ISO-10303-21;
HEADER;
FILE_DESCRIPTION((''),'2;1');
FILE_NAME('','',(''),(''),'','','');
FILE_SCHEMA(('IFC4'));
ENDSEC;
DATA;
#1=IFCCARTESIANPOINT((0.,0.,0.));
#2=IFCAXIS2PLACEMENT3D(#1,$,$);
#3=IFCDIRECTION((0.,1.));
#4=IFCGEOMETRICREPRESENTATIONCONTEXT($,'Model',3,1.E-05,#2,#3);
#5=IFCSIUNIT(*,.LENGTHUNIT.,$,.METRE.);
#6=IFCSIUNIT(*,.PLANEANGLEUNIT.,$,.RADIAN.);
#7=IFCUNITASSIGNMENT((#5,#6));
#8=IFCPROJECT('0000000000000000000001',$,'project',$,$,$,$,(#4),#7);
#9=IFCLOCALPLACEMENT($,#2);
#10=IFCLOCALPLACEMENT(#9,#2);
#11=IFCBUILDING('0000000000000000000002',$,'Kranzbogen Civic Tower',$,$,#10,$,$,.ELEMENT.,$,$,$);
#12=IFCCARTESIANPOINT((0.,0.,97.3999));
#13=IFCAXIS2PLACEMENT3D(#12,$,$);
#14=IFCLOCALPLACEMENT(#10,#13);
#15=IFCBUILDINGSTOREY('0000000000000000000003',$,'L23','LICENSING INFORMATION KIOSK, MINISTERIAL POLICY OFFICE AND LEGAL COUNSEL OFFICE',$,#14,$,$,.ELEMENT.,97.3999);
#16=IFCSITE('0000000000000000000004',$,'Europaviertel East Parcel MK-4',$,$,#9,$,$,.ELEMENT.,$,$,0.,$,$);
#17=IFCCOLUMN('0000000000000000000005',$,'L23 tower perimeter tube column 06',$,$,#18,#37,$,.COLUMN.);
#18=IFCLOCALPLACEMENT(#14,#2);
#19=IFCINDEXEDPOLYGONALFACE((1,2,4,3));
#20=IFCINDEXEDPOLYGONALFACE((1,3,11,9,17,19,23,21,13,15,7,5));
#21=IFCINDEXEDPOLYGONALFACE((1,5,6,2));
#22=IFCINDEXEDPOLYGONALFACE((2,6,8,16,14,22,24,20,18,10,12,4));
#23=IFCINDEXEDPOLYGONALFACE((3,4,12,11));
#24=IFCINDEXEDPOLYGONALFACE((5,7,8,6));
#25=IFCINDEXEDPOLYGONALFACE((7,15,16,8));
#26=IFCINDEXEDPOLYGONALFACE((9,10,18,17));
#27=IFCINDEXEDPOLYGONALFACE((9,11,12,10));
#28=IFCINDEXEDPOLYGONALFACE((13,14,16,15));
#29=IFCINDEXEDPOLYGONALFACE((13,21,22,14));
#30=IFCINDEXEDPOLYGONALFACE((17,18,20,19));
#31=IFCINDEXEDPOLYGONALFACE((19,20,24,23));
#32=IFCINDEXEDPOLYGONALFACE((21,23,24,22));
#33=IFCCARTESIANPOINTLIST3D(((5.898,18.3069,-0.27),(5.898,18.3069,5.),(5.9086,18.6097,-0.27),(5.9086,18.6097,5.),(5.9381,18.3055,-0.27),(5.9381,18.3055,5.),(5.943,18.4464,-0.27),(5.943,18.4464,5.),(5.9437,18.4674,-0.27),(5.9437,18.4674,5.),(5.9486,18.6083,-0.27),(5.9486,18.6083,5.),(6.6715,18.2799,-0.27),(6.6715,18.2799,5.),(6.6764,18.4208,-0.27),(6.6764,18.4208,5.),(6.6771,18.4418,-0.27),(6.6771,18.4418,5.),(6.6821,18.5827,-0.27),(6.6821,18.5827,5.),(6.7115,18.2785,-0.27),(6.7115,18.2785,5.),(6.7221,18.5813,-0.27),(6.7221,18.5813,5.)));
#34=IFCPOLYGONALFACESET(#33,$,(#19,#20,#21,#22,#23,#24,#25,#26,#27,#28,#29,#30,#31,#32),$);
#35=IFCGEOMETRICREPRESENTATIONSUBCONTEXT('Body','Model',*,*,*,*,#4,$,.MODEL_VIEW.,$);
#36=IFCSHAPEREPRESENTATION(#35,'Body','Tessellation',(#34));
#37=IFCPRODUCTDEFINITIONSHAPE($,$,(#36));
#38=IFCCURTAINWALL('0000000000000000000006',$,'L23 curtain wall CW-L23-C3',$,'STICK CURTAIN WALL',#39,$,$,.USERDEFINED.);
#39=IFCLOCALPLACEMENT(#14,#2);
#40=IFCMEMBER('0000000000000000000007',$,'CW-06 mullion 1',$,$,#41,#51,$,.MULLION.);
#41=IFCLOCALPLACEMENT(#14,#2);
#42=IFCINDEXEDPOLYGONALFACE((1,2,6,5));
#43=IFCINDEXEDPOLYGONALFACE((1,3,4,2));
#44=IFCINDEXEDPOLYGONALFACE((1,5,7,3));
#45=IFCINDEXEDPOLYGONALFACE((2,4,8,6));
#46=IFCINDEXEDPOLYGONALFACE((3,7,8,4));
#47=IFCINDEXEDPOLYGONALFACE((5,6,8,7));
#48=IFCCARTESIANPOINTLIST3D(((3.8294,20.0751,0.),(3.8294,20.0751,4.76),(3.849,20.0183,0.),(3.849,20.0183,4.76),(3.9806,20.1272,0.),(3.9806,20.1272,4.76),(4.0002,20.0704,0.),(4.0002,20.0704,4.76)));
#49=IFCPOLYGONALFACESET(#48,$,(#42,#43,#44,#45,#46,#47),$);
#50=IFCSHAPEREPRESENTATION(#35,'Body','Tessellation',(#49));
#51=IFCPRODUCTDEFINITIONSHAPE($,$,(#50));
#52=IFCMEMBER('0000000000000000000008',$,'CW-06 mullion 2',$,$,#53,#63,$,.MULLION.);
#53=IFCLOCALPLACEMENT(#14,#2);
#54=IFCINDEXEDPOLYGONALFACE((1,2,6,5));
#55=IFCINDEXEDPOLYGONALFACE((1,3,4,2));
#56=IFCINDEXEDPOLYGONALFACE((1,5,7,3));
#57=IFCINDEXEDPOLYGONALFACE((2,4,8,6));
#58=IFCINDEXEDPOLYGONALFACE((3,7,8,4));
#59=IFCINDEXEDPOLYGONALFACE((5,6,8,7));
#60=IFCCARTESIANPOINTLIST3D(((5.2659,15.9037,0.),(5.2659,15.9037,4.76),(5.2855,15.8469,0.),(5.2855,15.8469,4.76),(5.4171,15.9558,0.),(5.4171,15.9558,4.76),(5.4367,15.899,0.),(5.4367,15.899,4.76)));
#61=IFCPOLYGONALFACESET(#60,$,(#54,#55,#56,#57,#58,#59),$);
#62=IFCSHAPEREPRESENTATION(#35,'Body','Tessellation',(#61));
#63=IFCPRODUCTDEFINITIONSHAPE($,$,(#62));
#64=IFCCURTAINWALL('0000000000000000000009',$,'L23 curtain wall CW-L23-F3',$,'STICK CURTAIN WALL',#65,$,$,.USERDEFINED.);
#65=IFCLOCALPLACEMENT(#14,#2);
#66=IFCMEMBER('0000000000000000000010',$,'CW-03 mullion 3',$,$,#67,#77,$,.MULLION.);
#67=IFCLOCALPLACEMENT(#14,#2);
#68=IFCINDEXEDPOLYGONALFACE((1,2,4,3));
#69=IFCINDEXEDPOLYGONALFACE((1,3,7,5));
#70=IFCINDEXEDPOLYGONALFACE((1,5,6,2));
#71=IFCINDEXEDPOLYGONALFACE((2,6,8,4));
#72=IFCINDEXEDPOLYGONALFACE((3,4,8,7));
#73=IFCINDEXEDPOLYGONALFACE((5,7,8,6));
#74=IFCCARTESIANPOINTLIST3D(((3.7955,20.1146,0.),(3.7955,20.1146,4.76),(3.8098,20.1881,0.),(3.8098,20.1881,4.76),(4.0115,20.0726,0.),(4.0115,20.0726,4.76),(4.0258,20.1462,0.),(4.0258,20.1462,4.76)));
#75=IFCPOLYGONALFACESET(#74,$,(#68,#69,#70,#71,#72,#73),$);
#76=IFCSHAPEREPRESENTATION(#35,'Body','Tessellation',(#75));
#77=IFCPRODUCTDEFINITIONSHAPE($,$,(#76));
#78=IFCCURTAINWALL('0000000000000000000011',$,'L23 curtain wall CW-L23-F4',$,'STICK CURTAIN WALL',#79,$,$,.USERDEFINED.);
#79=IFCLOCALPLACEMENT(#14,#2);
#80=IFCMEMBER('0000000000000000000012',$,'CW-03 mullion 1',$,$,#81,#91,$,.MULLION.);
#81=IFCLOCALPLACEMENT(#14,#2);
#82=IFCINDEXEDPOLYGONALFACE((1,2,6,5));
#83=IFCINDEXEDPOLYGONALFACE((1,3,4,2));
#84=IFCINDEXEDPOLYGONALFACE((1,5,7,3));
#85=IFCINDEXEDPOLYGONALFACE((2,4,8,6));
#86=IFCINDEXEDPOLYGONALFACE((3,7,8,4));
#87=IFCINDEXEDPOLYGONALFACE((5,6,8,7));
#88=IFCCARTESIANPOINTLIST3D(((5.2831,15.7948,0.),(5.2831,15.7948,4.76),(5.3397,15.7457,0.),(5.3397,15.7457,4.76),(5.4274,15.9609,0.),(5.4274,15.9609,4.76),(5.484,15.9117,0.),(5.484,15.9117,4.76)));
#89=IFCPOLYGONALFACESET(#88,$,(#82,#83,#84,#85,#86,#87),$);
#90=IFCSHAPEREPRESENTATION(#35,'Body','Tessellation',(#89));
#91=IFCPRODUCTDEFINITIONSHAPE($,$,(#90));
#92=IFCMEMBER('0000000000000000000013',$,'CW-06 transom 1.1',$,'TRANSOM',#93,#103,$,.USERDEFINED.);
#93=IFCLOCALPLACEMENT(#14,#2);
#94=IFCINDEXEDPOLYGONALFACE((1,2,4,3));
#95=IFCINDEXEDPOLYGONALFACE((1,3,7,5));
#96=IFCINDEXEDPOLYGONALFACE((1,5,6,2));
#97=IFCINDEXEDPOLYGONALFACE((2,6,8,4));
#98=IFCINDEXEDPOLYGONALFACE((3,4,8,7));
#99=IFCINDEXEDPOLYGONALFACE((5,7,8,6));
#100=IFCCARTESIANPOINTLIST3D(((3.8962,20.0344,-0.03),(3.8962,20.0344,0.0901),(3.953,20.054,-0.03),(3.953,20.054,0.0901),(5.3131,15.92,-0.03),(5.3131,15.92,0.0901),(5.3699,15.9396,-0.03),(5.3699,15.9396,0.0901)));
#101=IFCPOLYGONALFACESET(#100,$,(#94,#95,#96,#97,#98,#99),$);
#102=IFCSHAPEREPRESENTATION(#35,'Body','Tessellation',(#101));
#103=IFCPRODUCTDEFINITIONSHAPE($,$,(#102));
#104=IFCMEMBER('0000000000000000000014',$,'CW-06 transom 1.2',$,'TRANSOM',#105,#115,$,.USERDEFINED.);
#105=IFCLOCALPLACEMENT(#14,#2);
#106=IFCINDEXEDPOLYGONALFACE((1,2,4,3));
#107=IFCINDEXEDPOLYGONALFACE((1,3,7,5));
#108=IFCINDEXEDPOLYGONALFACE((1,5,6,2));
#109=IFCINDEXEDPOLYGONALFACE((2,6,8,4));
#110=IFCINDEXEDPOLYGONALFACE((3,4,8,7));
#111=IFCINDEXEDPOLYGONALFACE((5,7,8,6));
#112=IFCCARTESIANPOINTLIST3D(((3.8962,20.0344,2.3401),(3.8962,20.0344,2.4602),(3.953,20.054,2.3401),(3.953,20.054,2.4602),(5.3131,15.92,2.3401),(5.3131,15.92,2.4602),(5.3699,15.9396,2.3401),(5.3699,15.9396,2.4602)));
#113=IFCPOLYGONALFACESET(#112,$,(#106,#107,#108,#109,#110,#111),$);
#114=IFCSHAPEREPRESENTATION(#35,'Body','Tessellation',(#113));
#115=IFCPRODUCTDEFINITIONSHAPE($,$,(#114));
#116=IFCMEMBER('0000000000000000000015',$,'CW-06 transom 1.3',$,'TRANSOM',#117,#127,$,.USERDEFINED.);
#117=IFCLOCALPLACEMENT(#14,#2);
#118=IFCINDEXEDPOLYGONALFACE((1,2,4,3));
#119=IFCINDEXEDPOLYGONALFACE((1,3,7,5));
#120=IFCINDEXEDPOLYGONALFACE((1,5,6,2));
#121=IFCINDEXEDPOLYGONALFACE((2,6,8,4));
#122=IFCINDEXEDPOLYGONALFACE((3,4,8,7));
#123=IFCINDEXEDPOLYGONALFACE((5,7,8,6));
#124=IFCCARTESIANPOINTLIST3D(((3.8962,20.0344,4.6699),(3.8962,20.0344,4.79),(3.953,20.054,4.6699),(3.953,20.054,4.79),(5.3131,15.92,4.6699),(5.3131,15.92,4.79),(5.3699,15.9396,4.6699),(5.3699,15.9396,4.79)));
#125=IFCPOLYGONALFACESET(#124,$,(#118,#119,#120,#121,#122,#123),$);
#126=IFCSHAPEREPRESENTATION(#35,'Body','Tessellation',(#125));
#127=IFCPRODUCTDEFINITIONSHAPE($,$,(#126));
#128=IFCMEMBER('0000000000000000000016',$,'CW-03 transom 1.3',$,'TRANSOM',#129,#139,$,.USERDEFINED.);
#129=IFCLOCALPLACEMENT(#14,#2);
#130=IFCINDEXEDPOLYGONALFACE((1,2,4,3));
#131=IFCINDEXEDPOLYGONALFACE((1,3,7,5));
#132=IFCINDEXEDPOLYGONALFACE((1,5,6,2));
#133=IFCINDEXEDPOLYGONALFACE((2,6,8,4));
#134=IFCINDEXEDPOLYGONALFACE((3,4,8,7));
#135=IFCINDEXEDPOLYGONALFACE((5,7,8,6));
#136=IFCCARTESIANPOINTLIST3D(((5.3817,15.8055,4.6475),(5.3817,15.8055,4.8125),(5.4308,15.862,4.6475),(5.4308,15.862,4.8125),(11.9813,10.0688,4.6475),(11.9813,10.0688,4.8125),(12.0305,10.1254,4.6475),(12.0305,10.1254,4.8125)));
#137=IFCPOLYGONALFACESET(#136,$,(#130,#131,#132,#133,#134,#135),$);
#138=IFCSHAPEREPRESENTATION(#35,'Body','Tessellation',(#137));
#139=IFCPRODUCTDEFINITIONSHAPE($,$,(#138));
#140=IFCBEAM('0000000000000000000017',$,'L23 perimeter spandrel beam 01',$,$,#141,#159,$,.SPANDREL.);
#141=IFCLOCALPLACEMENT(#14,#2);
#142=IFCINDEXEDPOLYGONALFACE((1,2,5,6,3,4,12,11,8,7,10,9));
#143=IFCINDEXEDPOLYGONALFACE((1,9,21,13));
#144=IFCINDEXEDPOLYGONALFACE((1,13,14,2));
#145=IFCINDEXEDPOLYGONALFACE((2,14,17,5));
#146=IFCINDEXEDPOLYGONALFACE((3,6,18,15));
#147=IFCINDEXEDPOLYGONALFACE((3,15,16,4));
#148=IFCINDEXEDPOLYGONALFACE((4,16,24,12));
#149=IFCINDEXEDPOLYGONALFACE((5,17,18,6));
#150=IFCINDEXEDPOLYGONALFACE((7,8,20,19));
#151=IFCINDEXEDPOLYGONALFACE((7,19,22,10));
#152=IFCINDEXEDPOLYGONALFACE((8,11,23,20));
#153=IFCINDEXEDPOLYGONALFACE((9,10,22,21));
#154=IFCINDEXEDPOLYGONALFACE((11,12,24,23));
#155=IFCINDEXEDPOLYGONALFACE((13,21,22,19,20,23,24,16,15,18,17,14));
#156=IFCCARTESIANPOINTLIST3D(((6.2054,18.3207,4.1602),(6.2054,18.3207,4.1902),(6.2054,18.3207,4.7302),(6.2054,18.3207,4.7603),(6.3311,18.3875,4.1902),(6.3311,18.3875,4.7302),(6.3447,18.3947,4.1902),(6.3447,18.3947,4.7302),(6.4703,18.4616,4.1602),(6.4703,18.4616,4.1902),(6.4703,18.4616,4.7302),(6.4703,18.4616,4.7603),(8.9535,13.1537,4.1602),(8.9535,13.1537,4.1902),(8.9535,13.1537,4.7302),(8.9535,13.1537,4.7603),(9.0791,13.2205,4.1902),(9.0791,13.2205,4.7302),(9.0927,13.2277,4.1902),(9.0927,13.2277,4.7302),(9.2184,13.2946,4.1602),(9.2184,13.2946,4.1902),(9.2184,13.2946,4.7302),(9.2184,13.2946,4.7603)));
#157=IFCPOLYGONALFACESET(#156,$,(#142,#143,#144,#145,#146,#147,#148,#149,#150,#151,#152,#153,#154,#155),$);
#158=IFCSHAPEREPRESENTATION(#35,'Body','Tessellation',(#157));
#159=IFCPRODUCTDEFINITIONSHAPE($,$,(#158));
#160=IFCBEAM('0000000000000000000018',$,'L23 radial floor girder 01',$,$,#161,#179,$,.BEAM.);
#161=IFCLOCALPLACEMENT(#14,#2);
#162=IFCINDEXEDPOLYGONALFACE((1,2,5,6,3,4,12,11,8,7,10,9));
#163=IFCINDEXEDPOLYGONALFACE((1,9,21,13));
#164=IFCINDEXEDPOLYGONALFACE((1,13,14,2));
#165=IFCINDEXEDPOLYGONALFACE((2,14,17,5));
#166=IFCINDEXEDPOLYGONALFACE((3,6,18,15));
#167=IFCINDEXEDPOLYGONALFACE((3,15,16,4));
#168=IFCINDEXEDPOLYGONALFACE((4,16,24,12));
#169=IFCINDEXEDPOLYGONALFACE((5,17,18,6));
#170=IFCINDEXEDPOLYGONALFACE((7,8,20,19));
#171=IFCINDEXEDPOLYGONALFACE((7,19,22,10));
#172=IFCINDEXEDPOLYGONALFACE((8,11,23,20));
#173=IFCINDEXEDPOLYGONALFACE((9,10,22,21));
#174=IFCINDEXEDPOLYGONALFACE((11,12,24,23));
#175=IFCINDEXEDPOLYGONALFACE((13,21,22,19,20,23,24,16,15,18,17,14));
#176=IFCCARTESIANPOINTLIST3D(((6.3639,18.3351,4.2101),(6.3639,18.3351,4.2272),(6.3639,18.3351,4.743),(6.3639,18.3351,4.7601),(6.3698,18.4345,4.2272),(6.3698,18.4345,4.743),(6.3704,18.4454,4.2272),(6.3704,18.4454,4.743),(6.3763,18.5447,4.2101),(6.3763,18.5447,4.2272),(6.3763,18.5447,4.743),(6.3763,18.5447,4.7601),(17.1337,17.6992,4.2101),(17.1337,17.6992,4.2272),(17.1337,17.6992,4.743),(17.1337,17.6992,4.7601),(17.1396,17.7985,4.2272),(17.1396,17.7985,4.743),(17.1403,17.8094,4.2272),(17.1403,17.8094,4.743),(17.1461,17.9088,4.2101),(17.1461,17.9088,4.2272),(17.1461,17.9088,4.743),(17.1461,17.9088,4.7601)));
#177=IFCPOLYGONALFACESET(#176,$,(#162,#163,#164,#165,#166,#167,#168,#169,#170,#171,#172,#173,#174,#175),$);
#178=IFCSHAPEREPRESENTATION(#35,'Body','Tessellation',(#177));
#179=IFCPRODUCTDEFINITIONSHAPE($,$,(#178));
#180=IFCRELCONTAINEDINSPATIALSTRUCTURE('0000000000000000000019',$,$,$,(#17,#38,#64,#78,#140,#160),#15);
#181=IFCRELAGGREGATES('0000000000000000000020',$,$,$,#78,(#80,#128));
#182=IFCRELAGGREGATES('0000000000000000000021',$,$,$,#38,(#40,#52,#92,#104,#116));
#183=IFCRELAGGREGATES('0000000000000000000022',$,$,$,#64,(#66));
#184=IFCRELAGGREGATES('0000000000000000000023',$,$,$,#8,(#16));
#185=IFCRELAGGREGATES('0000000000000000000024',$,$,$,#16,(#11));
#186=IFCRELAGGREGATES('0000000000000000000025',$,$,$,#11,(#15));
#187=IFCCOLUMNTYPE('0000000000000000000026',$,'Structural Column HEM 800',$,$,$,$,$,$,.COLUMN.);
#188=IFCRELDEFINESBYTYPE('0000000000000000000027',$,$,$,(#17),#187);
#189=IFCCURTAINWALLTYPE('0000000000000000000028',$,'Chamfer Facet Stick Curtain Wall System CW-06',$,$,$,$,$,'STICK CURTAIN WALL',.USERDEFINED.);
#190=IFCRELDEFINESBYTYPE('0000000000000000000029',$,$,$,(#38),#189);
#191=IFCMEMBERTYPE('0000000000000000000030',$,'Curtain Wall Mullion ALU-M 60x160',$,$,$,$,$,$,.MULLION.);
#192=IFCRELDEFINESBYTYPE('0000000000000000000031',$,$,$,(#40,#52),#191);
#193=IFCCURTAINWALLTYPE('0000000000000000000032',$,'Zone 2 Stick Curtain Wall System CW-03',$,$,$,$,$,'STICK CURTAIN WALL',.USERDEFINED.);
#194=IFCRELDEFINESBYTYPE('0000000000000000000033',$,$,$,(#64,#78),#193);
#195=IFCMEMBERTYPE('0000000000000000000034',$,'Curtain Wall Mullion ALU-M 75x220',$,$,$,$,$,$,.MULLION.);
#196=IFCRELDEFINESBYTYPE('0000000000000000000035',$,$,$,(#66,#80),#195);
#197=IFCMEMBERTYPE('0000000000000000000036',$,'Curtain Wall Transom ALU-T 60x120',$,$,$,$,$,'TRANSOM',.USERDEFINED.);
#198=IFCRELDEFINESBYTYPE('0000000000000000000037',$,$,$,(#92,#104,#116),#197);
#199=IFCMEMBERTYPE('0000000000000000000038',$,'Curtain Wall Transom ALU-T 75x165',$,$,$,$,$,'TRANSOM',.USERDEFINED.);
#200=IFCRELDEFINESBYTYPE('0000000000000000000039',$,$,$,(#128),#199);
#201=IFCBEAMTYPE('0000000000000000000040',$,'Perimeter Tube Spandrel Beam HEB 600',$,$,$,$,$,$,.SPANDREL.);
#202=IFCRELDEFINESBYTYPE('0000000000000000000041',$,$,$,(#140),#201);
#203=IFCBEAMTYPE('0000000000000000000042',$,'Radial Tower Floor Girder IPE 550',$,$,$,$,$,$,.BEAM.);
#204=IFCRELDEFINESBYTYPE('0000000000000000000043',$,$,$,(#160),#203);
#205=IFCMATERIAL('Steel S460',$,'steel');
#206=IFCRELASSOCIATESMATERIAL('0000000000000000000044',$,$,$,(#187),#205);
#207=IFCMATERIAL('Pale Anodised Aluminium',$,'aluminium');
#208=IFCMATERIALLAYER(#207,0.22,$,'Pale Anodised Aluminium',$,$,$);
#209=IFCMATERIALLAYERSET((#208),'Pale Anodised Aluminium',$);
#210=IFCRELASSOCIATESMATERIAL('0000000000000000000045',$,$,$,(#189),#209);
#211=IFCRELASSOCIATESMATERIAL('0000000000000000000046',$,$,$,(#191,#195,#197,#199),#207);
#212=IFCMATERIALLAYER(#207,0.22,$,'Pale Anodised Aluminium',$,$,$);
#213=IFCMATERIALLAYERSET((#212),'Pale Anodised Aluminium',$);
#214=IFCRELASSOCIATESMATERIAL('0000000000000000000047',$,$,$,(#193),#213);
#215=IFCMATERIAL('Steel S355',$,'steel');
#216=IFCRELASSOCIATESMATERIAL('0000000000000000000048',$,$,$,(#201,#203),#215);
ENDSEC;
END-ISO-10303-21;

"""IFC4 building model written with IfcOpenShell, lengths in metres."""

from ifc_helpers import new_model, si_unit, direction, frame, origin, origin_2d, place, context, subcontext, project, spatial, rectangle, i_section, extrude, material, layer, layer_set, material_profile, profile_set, type_object, element, aggregate, save


model = new_model("IFC4")

# Units and contexts
model_context = context("Model", 3, precision=1e-05, world=origin(), true_north=direction((0.0, 1.0)))
body_context = subcontext(model_context, "Body", "Model", "MODEL_VIEW")
ifc_project = project(units=[si_unit("LENGTHUNIT", "METRE"), si_unit("PLANEANGLEUNIT", "RADIAN")], contexts=[model_context])

# Site, building, storey
site_placement = place(None, origin())
site = spatial("IfcSite", under=ifc_project, at=site_placement, Name="Europaviertel East Parcel MK-4", CompositionType="ELEMENT", RefElevation=0.0)
building_placement = place(site_placement, origin())
building = spatial("IfcBuilding", under=site, at=building_placement, Name="Kranzbogen Civic Tower", CompositionType="ELEMENT")
storey_placement = place(building_placement, frame((0.0, 0.0, 97.3999)))
storey = spatial("IfcBuildingStorey", under=building, at=storey_placement, Name="L23", Description="LICENSING INFORMATION KIOSK, MINISTERIAL POLICY OFFICE AND LEGAL COUNSEL OFFICE", CompositionType="ELEMENT", Elevation=97.3999)

# Column
ifc_material_1 = material(Name="Steel S460", Category="steel")
ifc_material_profile_1 = material_profile(ifc_material_1, i_section(OverallWidth=0.303, OverallDepth=0.814, WebThickness=0.021, FlangeThickness=0.04, at=origin_2d()), Name="HEM 800")
ifc_profile_set_1 = profile_set([ifc_material_profile_1], Name="Steel S460")
column_type = type_object("IfcColumnType", Name="Structural Column HEM 800", PredefinedType="COLUMN", material=ifc_profile_set_1)
column_placement = place(storey_placement, frame((6.3101, 18.4441, -0.27), z_axis=(0.0, 0.0, 1.0), x_axis=(0.034899, 0.999391, 0.0)))
element("IfcColumn", 1, at=column_placement, inside=storey, type_object=column_type, Name="L23 tower perimeter tube column 06", PredefinedType="COLUMN", context=body_context, shape_type="SweptSolid", body=[
    extrude(i_section(OverallWidth=0.303, OverallDepth=0.814, WebThickness=0.021, FlangeThickness=0.04, at=origin_2d()), origin(), (0.0, 0.0, 1.0), 5.27),
])

# Curtain wall, members
ifc_material_2 = material(Name="Pale Anodised Aluminium", Category="aluminium")
ifc_layer_1 = layer(ifc_material_2, 0.22, Name="Pale Anodised Aluminium")
ifc_layer_set_1 = layer_set([ifc_layer_1], Name="Pale Anodised Aluminium")
curtain_wall_type_1 = type_object("IfcCurtainWallType", Name="Chamfer Facet Stick Curtain Wall System CW-06", ElementType="STICK CURTAIN WALL", PredefinedType="USERDEFINED", material=ifc_layer_set_1)
curtain_wall_1_placement = place(storey_placement, origin())
curtain_wall_1 = element("IfcCurtainWall", 2, at=curtain_wall_1_placement, inside=storey, type_object=curtain_wall_type_1, Name="L23 curtain wall CW-L23-C3", ObjectType="STICK CURTAIN WALL", PredefinedType="USERDEFINED")
ifc_material_profile_2 = material_profile(ifc_material_2, rectangle(XDim=0.0601, YDim=0.1599, at=origin_2d()), Name="ALU-M 60x160")
ifc_profile_set_2 = profile_set([ifc_material_profile_2], Name="Pale Anodised Aluminium")
member_type_1 = type_object("IfcMemberType", Name="Curtain Wall Mullion ALU-M 60x160", PredefinedType="MULLION", material=ifc_profile_set_2)
member_1_placement = place(storey_placement, frame((3.9148, 20.0728, 0.0), z_axis=(0.0, 0.0, 1.0), x_axis=(0.325605, -0.945506, 0.0)))
member_1 = element("IfcMember", 3, at=member_1_placement, type_object=member_type_1, Name="CW-06 mullion 1", PredefinedType="MULLION", context=body_context, shape_type="SweptSolid", body=[
    extrude(rectangle(XDim=0.0601, YDim=0.1599, at=origin_2d()), origin(), (0.0, 0.0, 1.0), 4.76),
])
member_2_placement = place(storey_placement, frame((5.3513, 15.9014, 0.0), z_axis=(0.0, 0.0, 1.0), x_axis=(0.325605, -0.945506, 0.0)))
member_2 = element("IfcMember", 4, at=member_2_placement, type_object=member_type_1, Name="CW-06 mullion 2", PredefinedType="MULLION", context=body_context, shape_type="SweptSolid", body=[
    extrude(rectangle(XDim=0.0601, YDim=0.1599, at=origin_2d()), origin(), (0.0, 0.0, 1.0), 4.76),
])

# Curtain walls, members
ifc_layer_2 = layer(ifc_material_2, 0.22, Name="Pale Anodised Aluminium")
ifc_layer_set_2 = layer_set([ifc_layer_2], Name="Pale Anodised Aluminium")
curtain_wall_type_2 = type_object("IfcCurtainWallType", Name="Zone 2 Stick Curtain Wall System CW-03", ElementType="STICK CURTAIN WALL", PredefinedType="USERDEFINED", material=ifc_layer_set_2)
curtain_wall_2_placement = place(storey_placement, origin())
curtain_wall_2 = element("IfcCurtainWall", 5, at=curtain_wall_2_placement, inside=storey, type_object=curtain_wall_type_2, Name="L23 curtain wall CW-L23-F3", ObjectType="STICK CURTAIN WALL", PredefinedType="USERDEFINED")
ifc_material_profile_3 = material_profile(ifc_material_2, rectangle(XDim=0.075, YDim=0.22, at=origin_2d()), Name="ALU-M 75x220")
ifc_profile_set_3 = profile_set([ifc_material_profile_3], Name="Pale Anodised Aluminium")
member_type_2 = type_object("IfcMemberType", Name="Curtain Wall Mullion ALU-M 75x220", PredefinedType="MULLION", material=ifc_profile_set_3)
member_3_placement = place(storey_placement, frame((3.9106, 20.1304, 0.0), z_axis=(0.0, 0.0, 1.0), x_axis=(-0.190845, -0.98162, 0.0)))
member_3 = element("IfcMember", 6, at=member_3_placement, type_object=member_type_2, Name="CW-03 mullion 3", PredefinedType="MULLION", context=body_context, shape_type="SweptSolid", body=[
    extrude(rectangle(XDim=0.075, YDim=0.22, at=origin_2d()), origin(), (0.0, 0.0, 1.0), 4.76),
])
curtain_wall_3_placement = place(storey_placement, origin())
curtain_wall_3 = element("IfcCurtainWall", 7, at=curtain_wall_3_placement, inside=storey, type_object=curtain_wall_type_2, Name="L23 curtain wall CW-L23-F4", ObjectType="STICK CURTAIN WALL", PredefinedType="USERDEFINED")
member_4_placement = place(storey_placement, frame((5.3835, 15.8533, 0.0), z_axis=(0.0, 0.0, 1.0), x_axis=(0.754736, -0.656029, 0.0)))
member_4 = element("IfcMember", 8, at=member_4_placement, type_object=member_type_2, Name="CW-03 mullion 1", PredefinedType="MULLION", context=body_context, shape_type="SweptSolid", body=[
    extrude(rectangle(XDim=0.075, YDim=0.22, at=origin_2d()), origin(), (0.0, 0.0, 1.0), 4.76),
])

# Members
ifc_material_profile_4 = material_profile(ifc_material_2, rectangle(XDim=0.0601, YDim=0.1201, at=origin_2d()), Name="ALU-T 60x120")
ifc_profile_set_4 = profile_set([ifc_material_profile_4], Name="Pale Anodised Aluminium")
member_type_3 = type_object("IfcMemberType", Name="Curtain Wall Transom ALU-T 60x120", ElementType="TRANSOM", PredefinedType="USERDEFINED", material=ifc_profile_set_4)
member_5_placement = place(storey_placement, frame((3.9246, 20.0442, 0.03), z_axis=(0.325621, -0.9455, 0.0), x_axis=(0.9455, 0.325621, 0.0)))
member_5 = element("IfcMember", 9, at=member_5_placement, type_object=member_type_3, Name="CW-06 transom 1.1", ObjectType="TRANSOM", PredefinedType="USERDEFINED", context=body_context, shape_type="SweptSolid", body=[
    extrude(rectangle(XDim=0.0601, YDim=0.1201, at=origin_2d()), origin(), (0.0, 0.0, 1.0), 4.3516),
])
member_6_placement = place(storey_placement, frame((3.9246, 20.0442, 2.4001), z_axis=(0.325621, -0.9455, 0.0), x_axis=(0.9455, 0.325621, 0.0)))
member_6 = element("IfcMember", 10, at=member_6_placement, type_object=member_type_3, Name="CW-06 transom 1.2", ObjectType="TRANSOM", PredefinedType="USERDEFINED", context=body_context, shape_type="SweptSolid", body=[
    extrude(rectangle(XDim=0.0601, YDim=0.1201, at=origin_2d()), origin(), (0.0, 0.0, 1.0), 4.3516),
])
member_7_placement = place(storey_placement, frame((3.9246, 20.0442, 4.73), z_axis=(0.325621, -0.9455, 0.0), x_axis=(0.9455, 0.325621, 0.0)))
member_7 = element("IfcMember", 11, at=member_7_placement, type_object=member_type_3, Name="CW-06 transom 1.3", ObjectType="TRANSOM", PredefinedType="USERDEFINED", context=body_context, shape_type="SweptSolid", body=[
    extrude(rectangle(XDim=0.0601, YDim=0.1201, at=origin_2d()), origin(), (0.0, 0.0, 1.0), 4.3516),
])
ifc_material_profile_5 = material_profile(ifc_material_2, rectangle(XDim=0.075, YDim=0.165, at=origin_2d()), Name="ALU-T 75x165")
ifc_profile_set_5 = profile_set([ifc_material_profile_5], Name="Pale Anodised Aluminium")
member_type_4 = type_object("IfcMemberType", Name="Curtain Wall Transom ALU-T 75x165", ElementType="TRANSOM", PredefinedType="USERDEFINED", material=ifc_profile_set_5)
member_8_placement = place(storey_placement, frame((5.4062, 15.8337, 4.73), z_axis=(0.754731, -0.656034, 0.0), x_axis=(0.656034, 0.754731, 0.0)))
member_8 = element("IfcMember", 12, at=member_8_placement, type_object=member_type_4, Name="CW-03 transom 1.3", ObjectType="TRANSOM", PredefinedType="USERDEFINED", context=body_context, shape_type="SweptSolid", body=[
    extrude(rectangle(XDim=0.075, YDim=0.165, at=origin_2d()), origin(), (0.0, 0.0, 1.0), 8.7444),
])
aggregate(curtain_wall_3, [member_4, member_8])

# Beams
ifc_material_3 = material(Name="Steel S355", Category="steel")
ifc_material_profile_6 = material_profile(ifc_material_3, i_section(OverallWidth=0.3, OverallDepth=0.6001, WebThickness=0.0154, FlangeThickness=0.03, at=origin_2d()), Name="HEB 600")
ifc_profile_set_6 = profile_set([ifc_material_profile_6], Name="Steel S355")
beam_type_1 = type_object("IfcBeamType", Name="Perimeter Tube Spandrel Beam HEB 600", PredefinedType="SPANDREL", material=ifc_profile_set_6)
beam_1_placement = place(storey_placement, frame((6.3379, 18.3911, 4.4602), z_axis=(0.469566, -0.882897, 0.0), x_axis=(0.882897, 0.469566, 0.0)))
element("IfcBeam", 13, at=beam_1_placement, inside=storey, type_object=beam_type_1, Name="L23 perimeter spandrel beam 01", PredefinedType="SPANDREL", context=body_context, shape_type="SweptSolid", body=[
    extrude(i_section(OverallWidth=0.3, OverallDepth=0.6001, WebThickness=0.0154, FlangeThickness=0.03, at=origin_2d()), origin(), (0.0, 0.0, 1.0), 5.8523),
])
ifc_material_profile_7 = material_profile(ifc_material_3, i_section(OverallWidth=0.21, OverallDepth=0.55, WebThickness=0.011, FlangeThickness=0.0171, at=origin_2d()), Name="IPE 550")
ifc_profile_set_7 = profile_set([ifc_material_profile_7], Name="Steel S355")
beam_type_2 = type_object("IfcBeamType", Name="Radial Tower Floor Girder IPE 550", PredefinedType="BEAM", material=ifc_profile_set_7)
beam_2_placement = place(storey_placement, frame((6.3701, 18.4399, 4.4851), z_axis=(0.998261, -0.05895, 0.0), x_axis=(0.05895, 0.998261, 0.0)))
element("IfcBeam", 14, at=beam_2_placement, inside=storey, type_object=beam_type_2, Name="L23 radial floor girder 01", PredefinedType="BEAM", context=body_context, shape_type="SweptSolid", body=[
    extrude(i_section(OverallWidth=0.21, OverallDepth=0.55, WebThickness=0.011, FlangeThickness=0.0171, at=origin_2d()), origin(), (0.0, 0.0, 1.0), 10.7886),
])

aggregate(curtain_wall_1, [member_1, member_2, member_5, member_6, member_7])
aggregate(curtain_wall_2, [member_3])

save(model, "model.ifc")
